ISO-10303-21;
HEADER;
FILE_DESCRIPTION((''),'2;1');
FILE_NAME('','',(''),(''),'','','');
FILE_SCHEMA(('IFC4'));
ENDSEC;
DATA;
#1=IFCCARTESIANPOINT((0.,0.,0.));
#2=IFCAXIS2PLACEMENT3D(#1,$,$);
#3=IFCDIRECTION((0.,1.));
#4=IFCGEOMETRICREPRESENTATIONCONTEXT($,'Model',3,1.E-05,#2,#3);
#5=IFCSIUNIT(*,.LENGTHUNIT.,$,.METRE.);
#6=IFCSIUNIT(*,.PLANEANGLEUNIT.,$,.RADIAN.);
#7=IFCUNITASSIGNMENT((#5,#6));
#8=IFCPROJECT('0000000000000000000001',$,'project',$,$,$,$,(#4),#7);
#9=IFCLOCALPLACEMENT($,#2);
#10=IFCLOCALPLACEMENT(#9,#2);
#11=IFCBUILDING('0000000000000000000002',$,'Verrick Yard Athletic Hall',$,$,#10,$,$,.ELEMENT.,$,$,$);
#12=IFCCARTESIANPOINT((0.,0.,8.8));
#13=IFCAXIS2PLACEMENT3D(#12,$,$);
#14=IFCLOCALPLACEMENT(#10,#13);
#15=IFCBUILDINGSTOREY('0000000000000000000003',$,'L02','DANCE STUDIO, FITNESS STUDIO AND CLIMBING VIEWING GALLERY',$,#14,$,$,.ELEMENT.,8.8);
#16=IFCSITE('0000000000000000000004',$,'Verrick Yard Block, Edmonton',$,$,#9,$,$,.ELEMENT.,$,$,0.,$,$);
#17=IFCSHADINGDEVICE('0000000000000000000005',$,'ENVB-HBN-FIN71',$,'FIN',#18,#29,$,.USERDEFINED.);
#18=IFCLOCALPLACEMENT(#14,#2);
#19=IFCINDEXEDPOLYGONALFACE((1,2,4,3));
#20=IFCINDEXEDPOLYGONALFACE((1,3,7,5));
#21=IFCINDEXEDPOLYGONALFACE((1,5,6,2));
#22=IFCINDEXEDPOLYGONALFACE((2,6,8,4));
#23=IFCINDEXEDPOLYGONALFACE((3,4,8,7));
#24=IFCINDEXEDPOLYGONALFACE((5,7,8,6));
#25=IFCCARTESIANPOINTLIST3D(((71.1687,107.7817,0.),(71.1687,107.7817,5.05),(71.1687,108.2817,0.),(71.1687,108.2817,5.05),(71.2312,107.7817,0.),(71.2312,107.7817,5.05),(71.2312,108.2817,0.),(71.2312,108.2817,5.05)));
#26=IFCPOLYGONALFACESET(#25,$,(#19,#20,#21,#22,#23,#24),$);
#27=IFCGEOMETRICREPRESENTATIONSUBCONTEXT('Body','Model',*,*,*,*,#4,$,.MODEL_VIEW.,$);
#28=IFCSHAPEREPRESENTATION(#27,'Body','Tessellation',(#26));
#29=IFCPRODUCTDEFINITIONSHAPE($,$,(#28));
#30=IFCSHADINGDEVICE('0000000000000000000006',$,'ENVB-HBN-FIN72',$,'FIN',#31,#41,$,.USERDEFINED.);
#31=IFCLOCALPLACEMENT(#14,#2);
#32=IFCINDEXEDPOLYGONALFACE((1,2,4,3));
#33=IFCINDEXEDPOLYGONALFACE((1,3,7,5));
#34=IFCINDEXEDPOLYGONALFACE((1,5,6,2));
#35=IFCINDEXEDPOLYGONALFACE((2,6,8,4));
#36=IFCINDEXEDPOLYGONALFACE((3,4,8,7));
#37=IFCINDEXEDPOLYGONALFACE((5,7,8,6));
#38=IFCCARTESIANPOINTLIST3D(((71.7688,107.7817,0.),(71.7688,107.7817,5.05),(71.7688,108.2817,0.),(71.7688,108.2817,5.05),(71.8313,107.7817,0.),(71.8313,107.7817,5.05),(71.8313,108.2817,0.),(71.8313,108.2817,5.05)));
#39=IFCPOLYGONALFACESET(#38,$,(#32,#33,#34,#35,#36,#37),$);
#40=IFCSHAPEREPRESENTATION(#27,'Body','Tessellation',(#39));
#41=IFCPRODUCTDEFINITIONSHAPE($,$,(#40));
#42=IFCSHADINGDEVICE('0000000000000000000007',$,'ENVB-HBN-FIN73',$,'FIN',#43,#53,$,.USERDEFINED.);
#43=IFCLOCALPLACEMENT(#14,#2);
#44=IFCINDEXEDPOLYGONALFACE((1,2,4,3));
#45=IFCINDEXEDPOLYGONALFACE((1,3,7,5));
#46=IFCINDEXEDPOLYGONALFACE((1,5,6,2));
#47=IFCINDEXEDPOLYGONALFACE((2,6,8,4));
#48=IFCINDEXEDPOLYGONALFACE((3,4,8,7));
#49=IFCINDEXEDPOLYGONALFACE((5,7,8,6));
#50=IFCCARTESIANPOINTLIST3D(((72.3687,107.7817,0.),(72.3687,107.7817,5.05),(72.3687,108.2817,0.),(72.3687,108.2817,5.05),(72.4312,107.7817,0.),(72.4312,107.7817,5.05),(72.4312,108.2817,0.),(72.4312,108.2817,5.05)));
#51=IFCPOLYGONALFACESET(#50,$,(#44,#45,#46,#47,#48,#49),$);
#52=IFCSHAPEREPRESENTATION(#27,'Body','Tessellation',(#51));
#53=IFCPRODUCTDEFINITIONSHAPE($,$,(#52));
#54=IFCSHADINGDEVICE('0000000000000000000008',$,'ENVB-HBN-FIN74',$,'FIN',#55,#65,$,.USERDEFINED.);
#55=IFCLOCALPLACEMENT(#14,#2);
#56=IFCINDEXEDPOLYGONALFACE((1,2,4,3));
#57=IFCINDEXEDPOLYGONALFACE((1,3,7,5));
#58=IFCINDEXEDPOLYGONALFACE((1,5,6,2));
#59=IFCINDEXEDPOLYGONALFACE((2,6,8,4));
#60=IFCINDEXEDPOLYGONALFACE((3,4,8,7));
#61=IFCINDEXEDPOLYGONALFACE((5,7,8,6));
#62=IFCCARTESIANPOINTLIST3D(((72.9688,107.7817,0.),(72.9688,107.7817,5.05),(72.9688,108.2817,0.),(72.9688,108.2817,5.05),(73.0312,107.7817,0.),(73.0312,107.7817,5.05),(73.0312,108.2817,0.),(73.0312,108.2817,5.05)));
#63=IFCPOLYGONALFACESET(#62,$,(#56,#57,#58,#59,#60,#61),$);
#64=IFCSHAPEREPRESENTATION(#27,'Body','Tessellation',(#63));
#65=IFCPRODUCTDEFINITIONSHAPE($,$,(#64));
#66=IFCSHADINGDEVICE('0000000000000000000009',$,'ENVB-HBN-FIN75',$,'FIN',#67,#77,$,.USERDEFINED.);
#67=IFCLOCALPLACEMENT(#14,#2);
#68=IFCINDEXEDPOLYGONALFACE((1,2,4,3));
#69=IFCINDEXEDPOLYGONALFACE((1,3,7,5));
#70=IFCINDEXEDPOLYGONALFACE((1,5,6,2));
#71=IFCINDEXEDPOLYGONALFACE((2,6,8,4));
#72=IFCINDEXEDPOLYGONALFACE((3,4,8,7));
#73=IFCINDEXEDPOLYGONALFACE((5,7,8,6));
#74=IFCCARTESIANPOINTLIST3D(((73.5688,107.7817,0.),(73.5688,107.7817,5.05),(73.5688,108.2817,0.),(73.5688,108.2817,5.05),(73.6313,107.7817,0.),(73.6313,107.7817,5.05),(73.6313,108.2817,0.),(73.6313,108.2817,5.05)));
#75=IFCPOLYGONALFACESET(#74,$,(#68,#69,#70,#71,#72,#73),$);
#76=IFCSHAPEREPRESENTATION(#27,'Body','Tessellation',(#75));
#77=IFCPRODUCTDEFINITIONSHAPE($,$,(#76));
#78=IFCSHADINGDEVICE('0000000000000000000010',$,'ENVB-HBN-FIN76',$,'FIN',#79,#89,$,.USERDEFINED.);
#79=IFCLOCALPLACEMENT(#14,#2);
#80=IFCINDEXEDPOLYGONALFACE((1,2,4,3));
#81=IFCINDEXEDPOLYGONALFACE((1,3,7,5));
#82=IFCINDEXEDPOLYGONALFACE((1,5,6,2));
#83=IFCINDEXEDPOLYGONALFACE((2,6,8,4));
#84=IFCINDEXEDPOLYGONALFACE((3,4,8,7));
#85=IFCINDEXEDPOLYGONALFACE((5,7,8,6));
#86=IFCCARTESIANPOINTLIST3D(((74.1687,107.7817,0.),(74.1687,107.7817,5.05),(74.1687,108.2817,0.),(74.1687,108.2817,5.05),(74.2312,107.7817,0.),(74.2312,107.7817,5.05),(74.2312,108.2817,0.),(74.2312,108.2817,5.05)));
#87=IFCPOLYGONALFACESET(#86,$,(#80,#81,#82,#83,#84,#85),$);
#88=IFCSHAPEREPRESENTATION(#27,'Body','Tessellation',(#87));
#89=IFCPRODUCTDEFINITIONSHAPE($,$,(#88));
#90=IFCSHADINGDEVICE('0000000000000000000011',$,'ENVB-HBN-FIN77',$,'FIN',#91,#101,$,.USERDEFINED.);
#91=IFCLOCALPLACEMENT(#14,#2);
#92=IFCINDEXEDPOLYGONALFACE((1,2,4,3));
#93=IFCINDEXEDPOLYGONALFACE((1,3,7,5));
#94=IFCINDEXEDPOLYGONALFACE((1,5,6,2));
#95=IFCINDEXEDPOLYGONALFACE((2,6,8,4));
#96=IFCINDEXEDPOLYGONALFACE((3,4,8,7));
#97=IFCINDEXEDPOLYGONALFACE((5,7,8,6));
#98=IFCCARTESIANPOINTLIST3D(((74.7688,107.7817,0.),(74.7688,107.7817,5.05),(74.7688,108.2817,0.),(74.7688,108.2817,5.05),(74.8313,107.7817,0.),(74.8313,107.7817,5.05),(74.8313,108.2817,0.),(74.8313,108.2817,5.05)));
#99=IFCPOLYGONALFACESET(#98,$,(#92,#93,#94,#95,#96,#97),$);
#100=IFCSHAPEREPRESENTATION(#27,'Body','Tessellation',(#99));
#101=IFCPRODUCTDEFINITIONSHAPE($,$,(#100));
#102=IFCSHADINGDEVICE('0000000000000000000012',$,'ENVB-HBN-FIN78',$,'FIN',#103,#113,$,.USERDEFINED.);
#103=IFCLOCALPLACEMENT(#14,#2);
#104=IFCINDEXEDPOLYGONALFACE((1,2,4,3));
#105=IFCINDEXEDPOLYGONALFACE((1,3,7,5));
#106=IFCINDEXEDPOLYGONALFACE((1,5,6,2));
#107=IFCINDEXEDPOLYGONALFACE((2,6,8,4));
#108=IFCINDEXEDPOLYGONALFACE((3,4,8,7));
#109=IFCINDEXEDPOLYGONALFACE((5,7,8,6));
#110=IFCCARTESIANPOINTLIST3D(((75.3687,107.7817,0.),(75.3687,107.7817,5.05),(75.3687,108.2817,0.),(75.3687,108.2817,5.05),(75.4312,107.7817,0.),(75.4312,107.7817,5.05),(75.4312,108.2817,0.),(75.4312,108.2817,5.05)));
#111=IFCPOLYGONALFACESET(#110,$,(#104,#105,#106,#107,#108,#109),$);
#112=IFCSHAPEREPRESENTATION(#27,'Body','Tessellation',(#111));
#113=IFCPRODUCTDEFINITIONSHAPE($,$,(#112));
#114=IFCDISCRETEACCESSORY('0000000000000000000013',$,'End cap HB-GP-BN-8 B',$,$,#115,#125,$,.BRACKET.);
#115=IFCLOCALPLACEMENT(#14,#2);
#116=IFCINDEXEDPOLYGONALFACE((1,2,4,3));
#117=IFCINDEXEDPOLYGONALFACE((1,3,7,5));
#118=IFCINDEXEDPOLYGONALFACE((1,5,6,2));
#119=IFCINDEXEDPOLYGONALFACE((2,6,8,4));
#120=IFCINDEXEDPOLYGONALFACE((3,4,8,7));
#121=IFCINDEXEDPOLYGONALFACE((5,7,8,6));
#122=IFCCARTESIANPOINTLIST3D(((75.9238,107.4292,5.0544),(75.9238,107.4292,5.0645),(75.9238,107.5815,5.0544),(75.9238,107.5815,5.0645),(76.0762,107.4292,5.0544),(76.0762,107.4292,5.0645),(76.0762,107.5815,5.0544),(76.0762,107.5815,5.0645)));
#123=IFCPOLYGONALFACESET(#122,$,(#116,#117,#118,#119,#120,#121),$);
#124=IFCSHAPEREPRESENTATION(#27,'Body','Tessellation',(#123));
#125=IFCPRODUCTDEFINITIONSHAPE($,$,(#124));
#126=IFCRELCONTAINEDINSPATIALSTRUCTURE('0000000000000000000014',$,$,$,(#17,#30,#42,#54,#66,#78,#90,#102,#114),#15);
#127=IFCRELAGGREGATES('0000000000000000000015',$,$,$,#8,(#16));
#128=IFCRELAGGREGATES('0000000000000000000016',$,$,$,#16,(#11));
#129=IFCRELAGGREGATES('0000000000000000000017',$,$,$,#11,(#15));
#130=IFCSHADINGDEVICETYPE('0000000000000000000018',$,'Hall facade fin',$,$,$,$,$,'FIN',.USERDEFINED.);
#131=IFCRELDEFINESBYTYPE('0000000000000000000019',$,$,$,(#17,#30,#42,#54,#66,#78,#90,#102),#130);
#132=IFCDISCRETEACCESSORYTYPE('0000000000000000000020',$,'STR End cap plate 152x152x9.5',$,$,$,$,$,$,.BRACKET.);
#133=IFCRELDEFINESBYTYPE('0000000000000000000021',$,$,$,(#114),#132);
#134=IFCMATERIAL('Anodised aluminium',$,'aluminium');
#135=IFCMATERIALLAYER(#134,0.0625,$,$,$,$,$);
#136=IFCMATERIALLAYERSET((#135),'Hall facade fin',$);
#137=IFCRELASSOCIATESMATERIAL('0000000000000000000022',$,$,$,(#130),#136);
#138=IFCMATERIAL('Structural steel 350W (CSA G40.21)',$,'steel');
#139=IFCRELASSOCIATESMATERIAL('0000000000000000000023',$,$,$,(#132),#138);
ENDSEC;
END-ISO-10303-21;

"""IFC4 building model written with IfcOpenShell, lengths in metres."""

from ifc_helpers import new_model, si_unit, direction, frame, origin, origin_2d, place, context, subcontext, project, spatial, polyline, rectangle, outline, extrude, material, layer, layer_set, material_profile, profile_set, type_object, element, save


model = new_model("IFC4")

# Units and contexts
model_context = context("Model", 3, precision=1e-05, world=origin(), true_north=direction((0.0, 1.0)))
body_context = subcontext(model_context, "Body", "Model", "MODEL_VIEW")
ifc_project = project(units=[si_unit("LENGTHUNIT", "METRE"), si_unit("PLANEANGLEUNIT", "RADIAN")], contexts=[model_context])

# Site, building, storey
site_placement = place(None, origin())
site = spatial("IfcSite", under=ifc_project, at=site_placement, Name="Verrick Yard Block, Edmonton", CompositionType="ELEMENT", RefElevation=0.0)
building_placement = place(site_placement, origin())
building = spatial("IfcBuilding", under=site, at=building_placement, Name="Verrick Yard Athletic Hall", CompositionType="ELEMENT")
storey_placement = place(building_placement, frame((0.0, 0.0, 8.8)))
storey = spatial("IfcBuildingStorey", under=building, at=storey_placement, Name="L02", Description="DANCE STUDIO, FITNESS STUDIO AND CLIMBING VIEWING GALLERY", CompositionType="ELEMENT", Elevation=8.8)

# Shared definitions
ifc_material_1 = material(Name="Structural steel 350W (CSA G40.21)", Category="steel")

# Shared definitions
ifc_material_2 = material(Name="Anodised aluminium", Category="aluminium")

# Shading devices
ifc_layer_1 = layer(ifc_material_2, 0.0625)
ifc_layer_set_1 = layer_set([ifc_layer_1], Name="Hall facade fin")
shading_device_type = type_object("IfcShadingDeviceType", Name="Hall facade fin", ElementType="FIN", PredefinedType="USERDEFINED", material=ifc_layer_set_1)
for number, where, z_axis, x_axis, name in (
    (1, (71.2, 107.7817, 0.0), (0.0, 0.0, 1.0), (0.0, 1.0, 0.0), "ENVB-HBN-FIN71"),
    (2, (71.8, 107.7817, 0.0), (0.0, 0.0, 1.0), (0.0, 1.0, 0.0), "ENVB-HBN-FIN72"),
    (3, (72.3999, 107.7817, 0.0), (0.0, 0.0, 1.0), (0.0, 1.0, 0.0), "ENVB-HBN-FIN73"),
    (4, (73.0, 107.7817, 0.0), (0.0, 0.0, 1.0), (0.0, 1.0, 0.0), "ENVB-HBN-FIN74"),
    (5, (73.6001, 107.7817, 0.0), (0.0, 0.0, 1.0), (0.0, 1.0, 0.0), "ENVB-HBN-FIN75"),
    (6, (74.2, 107.7817, 0.0), (0.0, 0.0, 1.0), (0.0, 1.0, 0.0), "ENVB-HBN-FIN76"),
    (7, (74.8, 107.7817, 0.0), (0.0, 0.0, 1.0), (0.0, 1.0, 0.0), "ENVB-HBN-FIN77"),
    (8, (75.3999, 107.7817, 0.0), (0.0, 0.0, 1.0), (0.0, 1.0, 0.0), "ENVB-HBN-FIN78"),
):
    element("IfcShadingDevice", number, at=place(storey_placement, frame(where, z_axis=z_axis, x_axis=x_axis)), inside=storey, type_object=shading_device_type, Name=name, ObjectType="FIN", PredefinedType="USERDEFINED", context=body_context, shape_type="SweptSolid", body=[
        extrude(outline(polyline([(0.0, 0.0), (0.5, 0.0), (0.5, 5.05), (0.0, 5.05), (0.0, 0.0)])), frame((0.0, 0.0312, 0.0), z_axis=(0.0, -1.0, 0.0), x_axis=(1.0, 0.0, 0.0)), (0.0, 0.0, 1.0), 0.0625),
    ])

# Discrete accessory
ifc_material_profile_1 = material_profile(ifc_material_1, rectangle(XDim=0.1523, YDim=0.1523, at=origin_2d()), Name="STR End cap plate 152x152x9.5")
ifc_profile_set_1 = profile_set([ifc_material_profile_1], Name="Structural steel 350W (CSA G40.21)")
discrete_accessory_type = type_object("IfcDiscreteAccessoryType", Name="STR End cap plate 152x152x9.5", PredefinedType="BRACKET", material=ifc_profile_set_1)
discrete_accessory_placement = place(storey_placement, frame((76.0, 107.5054, 5.0544), z_axis=(0.0, 0.0, 1.0), x_axis=(1.0, 0.0, 0.0)))
element("IfcDiscreteAccessory", 9, at=discrete_accessory_placement, inside=storey, type_object=discrete_accessory_type, Name="End cap HB-GP-BN-8 B", PredefinedType="BRACKET", context=body_context, shape_type="SweptSolid", body=[
    extrude(rectangle(XDim=0.1523, YDim=0.1523, at=origin_2d()), origin(), (0.0, 0.0, 1.0), 0.01),
])

save(model, "model.ifc")
